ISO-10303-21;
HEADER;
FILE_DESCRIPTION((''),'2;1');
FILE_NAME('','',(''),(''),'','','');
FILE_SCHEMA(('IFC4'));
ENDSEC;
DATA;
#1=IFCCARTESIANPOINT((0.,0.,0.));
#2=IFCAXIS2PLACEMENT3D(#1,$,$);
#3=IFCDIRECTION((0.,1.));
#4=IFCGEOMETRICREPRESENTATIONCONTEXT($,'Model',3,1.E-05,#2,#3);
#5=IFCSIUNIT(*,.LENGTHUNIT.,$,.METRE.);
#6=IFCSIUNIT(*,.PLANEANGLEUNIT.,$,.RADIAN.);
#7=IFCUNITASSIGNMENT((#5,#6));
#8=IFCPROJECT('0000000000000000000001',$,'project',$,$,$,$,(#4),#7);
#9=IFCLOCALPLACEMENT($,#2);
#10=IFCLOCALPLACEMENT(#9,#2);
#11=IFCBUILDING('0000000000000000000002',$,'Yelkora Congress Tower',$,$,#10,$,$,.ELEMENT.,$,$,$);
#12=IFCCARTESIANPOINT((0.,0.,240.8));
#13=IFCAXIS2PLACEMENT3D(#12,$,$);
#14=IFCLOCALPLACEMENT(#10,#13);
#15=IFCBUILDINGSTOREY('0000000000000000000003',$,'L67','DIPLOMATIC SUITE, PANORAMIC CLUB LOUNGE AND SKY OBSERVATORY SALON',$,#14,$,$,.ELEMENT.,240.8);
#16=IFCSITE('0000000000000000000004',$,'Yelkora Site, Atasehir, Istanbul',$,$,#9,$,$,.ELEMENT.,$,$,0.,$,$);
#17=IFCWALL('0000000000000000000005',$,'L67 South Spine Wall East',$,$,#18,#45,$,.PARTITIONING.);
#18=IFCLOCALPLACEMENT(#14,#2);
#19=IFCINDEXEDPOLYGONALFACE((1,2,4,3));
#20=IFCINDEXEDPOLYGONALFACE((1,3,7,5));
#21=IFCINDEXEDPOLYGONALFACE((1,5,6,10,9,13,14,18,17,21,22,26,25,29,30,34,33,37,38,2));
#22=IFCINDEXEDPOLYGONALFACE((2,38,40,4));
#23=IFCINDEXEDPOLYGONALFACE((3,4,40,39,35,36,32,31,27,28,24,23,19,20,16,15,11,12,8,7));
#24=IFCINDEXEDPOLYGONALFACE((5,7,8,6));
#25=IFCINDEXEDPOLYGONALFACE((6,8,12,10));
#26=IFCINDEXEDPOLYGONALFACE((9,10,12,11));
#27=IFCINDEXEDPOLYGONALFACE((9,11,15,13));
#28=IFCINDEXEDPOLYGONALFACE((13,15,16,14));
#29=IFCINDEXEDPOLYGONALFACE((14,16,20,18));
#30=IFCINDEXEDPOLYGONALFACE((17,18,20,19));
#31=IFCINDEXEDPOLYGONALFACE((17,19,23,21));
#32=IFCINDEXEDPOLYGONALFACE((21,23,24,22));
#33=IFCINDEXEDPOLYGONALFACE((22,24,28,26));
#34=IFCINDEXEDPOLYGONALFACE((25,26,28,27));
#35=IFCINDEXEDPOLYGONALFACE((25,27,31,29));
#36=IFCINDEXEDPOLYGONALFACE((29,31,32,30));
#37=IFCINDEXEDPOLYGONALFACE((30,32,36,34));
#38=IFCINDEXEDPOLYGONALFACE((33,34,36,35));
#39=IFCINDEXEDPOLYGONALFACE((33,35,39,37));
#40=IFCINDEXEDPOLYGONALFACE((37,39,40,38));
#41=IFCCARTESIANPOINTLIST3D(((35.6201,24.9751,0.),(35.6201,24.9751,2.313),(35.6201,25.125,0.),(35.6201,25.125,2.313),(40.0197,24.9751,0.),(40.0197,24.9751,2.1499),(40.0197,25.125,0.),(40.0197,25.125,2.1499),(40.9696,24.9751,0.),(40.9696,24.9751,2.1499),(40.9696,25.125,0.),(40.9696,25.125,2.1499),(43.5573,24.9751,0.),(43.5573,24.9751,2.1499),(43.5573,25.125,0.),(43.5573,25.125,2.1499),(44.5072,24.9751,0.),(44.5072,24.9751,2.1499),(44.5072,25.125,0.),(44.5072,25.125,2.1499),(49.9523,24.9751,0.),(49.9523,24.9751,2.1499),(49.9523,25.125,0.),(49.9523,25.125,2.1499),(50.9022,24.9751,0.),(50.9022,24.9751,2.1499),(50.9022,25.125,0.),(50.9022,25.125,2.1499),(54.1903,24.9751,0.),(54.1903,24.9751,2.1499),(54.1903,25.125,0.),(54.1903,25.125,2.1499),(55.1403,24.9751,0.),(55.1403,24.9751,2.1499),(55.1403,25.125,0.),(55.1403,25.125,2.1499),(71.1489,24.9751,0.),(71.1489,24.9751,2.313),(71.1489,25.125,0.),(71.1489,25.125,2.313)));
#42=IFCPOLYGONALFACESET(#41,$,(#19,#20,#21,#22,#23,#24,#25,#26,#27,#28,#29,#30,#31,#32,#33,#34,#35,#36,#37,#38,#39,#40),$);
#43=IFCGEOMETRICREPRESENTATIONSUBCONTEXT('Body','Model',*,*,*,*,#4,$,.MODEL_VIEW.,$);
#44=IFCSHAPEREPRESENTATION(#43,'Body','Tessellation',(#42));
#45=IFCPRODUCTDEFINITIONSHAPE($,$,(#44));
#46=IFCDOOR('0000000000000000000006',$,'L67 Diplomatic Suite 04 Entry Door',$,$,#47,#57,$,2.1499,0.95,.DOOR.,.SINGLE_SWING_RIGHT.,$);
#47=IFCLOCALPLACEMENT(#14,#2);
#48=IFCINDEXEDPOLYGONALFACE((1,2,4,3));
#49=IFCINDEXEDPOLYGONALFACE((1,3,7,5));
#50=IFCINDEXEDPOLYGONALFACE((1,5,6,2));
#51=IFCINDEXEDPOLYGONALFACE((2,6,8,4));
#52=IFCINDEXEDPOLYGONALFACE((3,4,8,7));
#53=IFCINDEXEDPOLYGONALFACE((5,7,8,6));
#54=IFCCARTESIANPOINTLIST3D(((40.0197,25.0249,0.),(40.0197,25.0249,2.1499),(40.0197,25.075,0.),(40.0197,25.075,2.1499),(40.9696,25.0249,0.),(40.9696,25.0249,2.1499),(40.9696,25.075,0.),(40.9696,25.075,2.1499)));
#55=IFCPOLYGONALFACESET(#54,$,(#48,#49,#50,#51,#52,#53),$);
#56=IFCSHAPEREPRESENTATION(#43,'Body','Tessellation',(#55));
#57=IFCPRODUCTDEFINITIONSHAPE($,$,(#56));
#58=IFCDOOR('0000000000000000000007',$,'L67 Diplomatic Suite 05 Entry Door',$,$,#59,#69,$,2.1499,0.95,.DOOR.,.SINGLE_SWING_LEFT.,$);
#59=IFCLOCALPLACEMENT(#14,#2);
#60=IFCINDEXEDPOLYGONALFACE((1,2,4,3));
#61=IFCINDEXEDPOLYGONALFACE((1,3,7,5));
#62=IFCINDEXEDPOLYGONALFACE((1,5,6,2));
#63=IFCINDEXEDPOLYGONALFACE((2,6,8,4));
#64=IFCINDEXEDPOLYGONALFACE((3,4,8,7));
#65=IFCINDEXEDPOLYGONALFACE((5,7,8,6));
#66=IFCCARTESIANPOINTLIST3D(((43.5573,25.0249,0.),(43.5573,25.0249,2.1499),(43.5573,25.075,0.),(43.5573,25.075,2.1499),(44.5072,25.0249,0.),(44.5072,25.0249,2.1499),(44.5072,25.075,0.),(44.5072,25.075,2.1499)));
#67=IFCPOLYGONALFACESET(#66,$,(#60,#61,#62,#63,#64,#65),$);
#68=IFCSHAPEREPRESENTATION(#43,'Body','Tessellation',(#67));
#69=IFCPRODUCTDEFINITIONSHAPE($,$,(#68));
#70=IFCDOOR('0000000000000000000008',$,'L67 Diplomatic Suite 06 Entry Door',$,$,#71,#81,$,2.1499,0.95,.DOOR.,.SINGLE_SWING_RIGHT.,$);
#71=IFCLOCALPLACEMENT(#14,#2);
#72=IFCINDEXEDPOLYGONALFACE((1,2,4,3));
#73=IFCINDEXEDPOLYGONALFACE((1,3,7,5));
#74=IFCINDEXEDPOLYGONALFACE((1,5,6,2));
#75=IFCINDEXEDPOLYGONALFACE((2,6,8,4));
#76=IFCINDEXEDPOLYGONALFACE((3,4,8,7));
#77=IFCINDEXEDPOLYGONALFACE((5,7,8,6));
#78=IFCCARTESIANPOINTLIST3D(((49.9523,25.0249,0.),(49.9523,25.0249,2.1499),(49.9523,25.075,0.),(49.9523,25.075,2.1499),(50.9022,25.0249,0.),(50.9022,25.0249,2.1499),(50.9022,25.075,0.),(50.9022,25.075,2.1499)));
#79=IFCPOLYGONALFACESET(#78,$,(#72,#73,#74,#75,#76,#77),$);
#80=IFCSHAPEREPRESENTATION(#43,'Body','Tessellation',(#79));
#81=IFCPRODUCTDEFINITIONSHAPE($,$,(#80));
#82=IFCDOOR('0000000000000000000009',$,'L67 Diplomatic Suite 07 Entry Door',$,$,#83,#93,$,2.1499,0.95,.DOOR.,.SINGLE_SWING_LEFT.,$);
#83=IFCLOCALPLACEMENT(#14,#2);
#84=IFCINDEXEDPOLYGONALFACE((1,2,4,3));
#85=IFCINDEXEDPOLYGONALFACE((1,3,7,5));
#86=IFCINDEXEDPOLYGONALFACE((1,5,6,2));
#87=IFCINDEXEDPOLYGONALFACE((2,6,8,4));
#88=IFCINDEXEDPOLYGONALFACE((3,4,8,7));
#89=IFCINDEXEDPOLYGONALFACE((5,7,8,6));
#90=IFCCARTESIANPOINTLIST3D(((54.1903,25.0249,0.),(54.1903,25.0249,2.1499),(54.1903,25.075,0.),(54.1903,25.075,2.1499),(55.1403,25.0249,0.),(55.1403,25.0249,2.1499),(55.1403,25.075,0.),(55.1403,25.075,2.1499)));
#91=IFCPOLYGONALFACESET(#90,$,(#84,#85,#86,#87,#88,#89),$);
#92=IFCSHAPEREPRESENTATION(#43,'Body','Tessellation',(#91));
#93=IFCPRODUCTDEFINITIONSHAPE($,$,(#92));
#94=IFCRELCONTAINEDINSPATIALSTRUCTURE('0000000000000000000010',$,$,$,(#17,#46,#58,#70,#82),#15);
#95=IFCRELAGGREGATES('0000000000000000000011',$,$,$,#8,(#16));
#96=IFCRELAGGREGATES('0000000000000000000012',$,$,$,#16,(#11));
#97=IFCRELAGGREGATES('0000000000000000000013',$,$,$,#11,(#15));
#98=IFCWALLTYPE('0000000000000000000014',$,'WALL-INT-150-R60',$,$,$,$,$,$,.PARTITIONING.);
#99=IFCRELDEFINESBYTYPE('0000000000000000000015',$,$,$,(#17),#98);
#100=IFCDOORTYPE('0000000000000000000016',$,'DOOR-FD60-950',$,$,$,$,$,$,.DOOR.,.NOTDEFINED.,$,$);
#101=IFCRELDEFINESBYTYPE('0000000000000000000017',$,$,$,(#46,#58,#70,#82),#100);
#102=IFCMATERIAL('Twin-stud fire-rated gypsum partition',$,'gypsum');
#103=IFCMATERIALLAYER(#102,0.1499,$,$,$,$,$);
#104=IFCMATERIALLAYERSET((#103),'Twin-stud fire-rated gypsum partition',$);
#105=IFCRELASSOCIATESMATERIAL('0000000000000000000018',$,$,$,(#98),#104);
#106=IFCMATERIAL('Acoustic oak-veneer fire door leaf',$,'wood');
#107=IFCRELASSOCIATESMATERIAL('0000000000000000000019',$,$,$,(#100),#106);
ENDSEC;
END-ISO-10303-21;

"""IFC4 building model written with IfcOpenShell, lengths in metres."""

from ifc_helpers import new_model, si_unit, direction, frame, frame_2d, origin, place, context, subcontext, project, spatial, rectangle, extrude, material, layer, layer_set, type_object, element, fill, save


model = new_model("IFC4")

# Units and contexts
model_context = context("Model", 3, precision=1e-05, world=origin(), true_north=direction((0.0, 1.0)))
body_context = subcontext(model_context, "Body", "Model", "MODEL_VIEW")
ifc_project = project(units=[si_unit("LENGTHUNIT", "METRE"), si_unit("PLANEANGLEUNIT", "RADIAN")], contexts=[model_context])

# Site, building, storey
site_placement = place(None, origin())
site = spatial("IfcSite", under=ifc_project, at=site_placement, Name="Yelkora Site, Atasehir, Istanbul", CompositionType="ELEMENT", RefElevation=0.0)
building_placement = place(site_placement, origin())
building = spatial("IfcBuilding", under=site, at=building_placement, Name="Yelkora Congress Tower", CompositionType="ELEMENT")
storey_placement = place(building_placement, frame((0.0, 0.0, 240.8)))
storey = spatial("IfcBuildingStorey", under=building, at=storey_placement, Name="L67", Description="DIPLOMATIC SUITE, PANORAMIC CLUB LOUNGE AND SKY OBSERVATORY SALON", CompositionType="ELEMENT", Elevation=240.8)

# Wall, openings, doors
ifc_material_1 = material(Name="Twin-stud fire-rated gypsum partition", Category="gypsum")
ifc_layer_1 = layer(ifc_material_1, 0.1499)
ifc_layer_set_1 = layer_set([ifc_layer_1], Name="Twin-stud fire-rated gypsum partition")
wall_type_1 = type_object("IfcWallType", Name="WALL-INT-150-R60", PredefinedType="PARTITIONING", material=ifc_layer_set_1)
wall_1_placement = place(storey_placement, frame((35.6201, 25.05, 0.0), z_axis=(0.0, 0.0, 1.0), x_axis=(1.0, 0.0, 0.0)))
wall_1 = element("IfcWall", 1, at=wall_1_placement, inside=storey, type_object=wall_type_1, Name="L67 South Spine Wall East", PredefinedType="PARTITIONING", context=body_context, shape_type="SweptSolid", body=[
    extrude(rectangle(XDim=35.5288, YDim=0.1499, at=frame_2d((17.7644, 0.0))), origin(), (0.0, 0.0, 1.0), 2.313),
])
opening_1_placement = place(wall_1_placement, frame((4.3994, 0.0, 0.0)))
opening_1 = element("IfcOpeningElement", 2, at=opening_1_placement, cuts=wall_1, PredefinedType="OPENING", context=body_context, shape_type="SweptSolid", body=[
    extrude(rectangle(XDim=0.95, YDim=2.1499, at=frame_2d((0.4751, 1.075))), frame((0.0, 0.085, 0.0), z_axis=(0.0, -1.0, 0.0), x_axis=(1.0, 0.0, 0.0)), (0.0, 0.0, 1.0), 0.1699),
])
opening_2_placement = place(wall_1_placement, frame((7.937, 0.0, 0.0)))
opening_2 = element("IfcOpeningElement", 3, at=opening_2_placement, cuts=wall_1, PredefinedType="OPENING", context=body_context, shape_type="SweptSolid", body=[
    extrude(rectangle(XDim=0.95, YDim=2.1499, at=frame_2d((0.4751, 1.075))), frame((0.0, 0.085, 0.0), z_axis=(0.0, -1.0, 0.0), x_axis=(1.0, 0.0, 0.0)), (0.0, 0.0, 1.0), 0.1699),
])
opening_3_placement = place(wall_1_placement, frame((14.332, 0.0, 0.0)))
opening_3 = element("IfcOpeningElement", 4, at=opening_3_placement, cuts=wall_1, PredefinedType="OPENING", context=body_context, shape_type="SweptSolid", body=[
    extrude(rectangle(XDim=0.95, YDim=2.1499, at=frame_2d((0.4751, 1.075))), frame((0.0, 0.085, 0.0), z_axis=(0.0, -1.0, 0.0), x_axis=(1.0, 0.0, 0.0)), (0.0, 0.0, 1.0), 0.1699),
])
opening_4_placement = place(wall_1_placement, frame((18.5701, 0.0, 0.0)))
opening_4 = element("IfcOpeningElement", 5, at=opening_4_placement, cuts=wall_1, PredefinedType="OPENING", context=body_context, shape_type="SweptSolid", body=[
    extrude(rectangle(XDim=0.95, YDim=2.1499, at=frame_2d((0.4751, 1.075))), frame((0.0, 0.085, 0.0), z_axis=(0.0, -1.0, 0.0), x_axis=(1.0, 0.0, 0.0)), (0.0, 0.0, 1.0), 0.1699),
])
ifc_material_2 = material(Name="Acoustic oak-veneer fire door leaf", Category="wood")
door_type_1 = type_object("IfcDoorType", Name="DOOR-FD60-950", OperationType="NOTDEFINED", PredefinedType="DOOR", material=ifc_material_2)
door_1_placement = place(opening_1_placement, origin())
door_1 = element("IfcDoor", 6, at=door_1_placement, inside=storey, type_object=door_type_1, Name="L67 Diplomatic Suite 04 Entry Door", OperationType="SINGLE_SWING_RIGHT", OverallHeight=2.1499, OverallWidth=0.95, PredefinedType="DOOR", context=body_context, shape_type="SweptSolid", body=[
    extrude(rectangle(XDim=0.95, YDim=2.1499, at=frame_2d((0.4751, 1.075))), frame((0.0, 0.0249, 0.0), z_axis=(0.0, -1.0, 0.0), x_axis=(1.0, 0.0, 0.0)), (0.0, 0.0, 1.0), 0.05),
])
fill(opening_1, door_1)
door_2_placement = place(opening_2_placement, origin())
door_2 = element("IfcDoor", 7, at=door_2_placement, inside=storey, type_object=door_type_1, Name="L67 Diplomatic Suite 05 Entry Door", OperationType="SINGLE_SWING_LEFT", OverallHeight=2.1499, OverallWidth=0.95, PredefinedType="DOOR", context=body_context, shape_type="SweptSolid", body=[
    extrude(rectangle(XDim=0.95, YDim=2.1499, at=frame_2d((0.4751, 1.075))), frame((0.0, 0.0249, 0.0), z_axis=(0.0, -1.0, 0.0), x_axis=(1.0, 0.0, 0.0)), (0.0, 0.0, 1.0), 0.05),
])
fill(opening_2, door_2)
door_3_placement = place(opening_3_placement, origin())
door_3 = element("IfcDoor", 8, at=door_3_placement, inside=storey, type_object=door_type_1, Name="L67 Diplomatic Suite 06 Entry Door", OperationType="SINGLE_SWING_RIGHT", OverallHeight=2.1499, OverallWidth=0.95, PredefinedType="DOOR", context=body_context, shape_type="SweptSolid", body=[
    extrude(rectangle(XDim=0.95, YDim=2.1499, at=frame_2d((0.4751, 1.075))), frame((0.0, 0.0249, 0.0), z_axis=(0.0, -1.0, 0.0), x_axis=(1.0, 0.0, 0.0)), (0.0, 0.0, 1.0), 0.05),
])
fill(opening_3, door_3)
door_4_placement = place(opening_4_placement, origin())
door_4 = element("IfcDoor", 9, at=door_4_placement, inside=storey, type_object=door_type_1, Name="L67 Diplomatic Suite 07 Entry Door", OperationType="SINGLE_SWING_LEFT", OverallHeight=2.1499, OverallWidth=0.95, PredefinedType="DOOR", context=body_context, shape_type="SweptSolid", body=[
    extrude(rectangle(XDim=0.95, YDim=2.1499, at=frame_2d((0.4751, 1.075))), frame((0.0, 0.0249, 0.0), z_axis=(0.0, -1.0, 0.0), x_axis=(1.0, 0.0, 0.0)), (0.0, 0.0, 1.0), 0.05),
])
fill(opening_4, door_4)

save(model, "model.ifc")
